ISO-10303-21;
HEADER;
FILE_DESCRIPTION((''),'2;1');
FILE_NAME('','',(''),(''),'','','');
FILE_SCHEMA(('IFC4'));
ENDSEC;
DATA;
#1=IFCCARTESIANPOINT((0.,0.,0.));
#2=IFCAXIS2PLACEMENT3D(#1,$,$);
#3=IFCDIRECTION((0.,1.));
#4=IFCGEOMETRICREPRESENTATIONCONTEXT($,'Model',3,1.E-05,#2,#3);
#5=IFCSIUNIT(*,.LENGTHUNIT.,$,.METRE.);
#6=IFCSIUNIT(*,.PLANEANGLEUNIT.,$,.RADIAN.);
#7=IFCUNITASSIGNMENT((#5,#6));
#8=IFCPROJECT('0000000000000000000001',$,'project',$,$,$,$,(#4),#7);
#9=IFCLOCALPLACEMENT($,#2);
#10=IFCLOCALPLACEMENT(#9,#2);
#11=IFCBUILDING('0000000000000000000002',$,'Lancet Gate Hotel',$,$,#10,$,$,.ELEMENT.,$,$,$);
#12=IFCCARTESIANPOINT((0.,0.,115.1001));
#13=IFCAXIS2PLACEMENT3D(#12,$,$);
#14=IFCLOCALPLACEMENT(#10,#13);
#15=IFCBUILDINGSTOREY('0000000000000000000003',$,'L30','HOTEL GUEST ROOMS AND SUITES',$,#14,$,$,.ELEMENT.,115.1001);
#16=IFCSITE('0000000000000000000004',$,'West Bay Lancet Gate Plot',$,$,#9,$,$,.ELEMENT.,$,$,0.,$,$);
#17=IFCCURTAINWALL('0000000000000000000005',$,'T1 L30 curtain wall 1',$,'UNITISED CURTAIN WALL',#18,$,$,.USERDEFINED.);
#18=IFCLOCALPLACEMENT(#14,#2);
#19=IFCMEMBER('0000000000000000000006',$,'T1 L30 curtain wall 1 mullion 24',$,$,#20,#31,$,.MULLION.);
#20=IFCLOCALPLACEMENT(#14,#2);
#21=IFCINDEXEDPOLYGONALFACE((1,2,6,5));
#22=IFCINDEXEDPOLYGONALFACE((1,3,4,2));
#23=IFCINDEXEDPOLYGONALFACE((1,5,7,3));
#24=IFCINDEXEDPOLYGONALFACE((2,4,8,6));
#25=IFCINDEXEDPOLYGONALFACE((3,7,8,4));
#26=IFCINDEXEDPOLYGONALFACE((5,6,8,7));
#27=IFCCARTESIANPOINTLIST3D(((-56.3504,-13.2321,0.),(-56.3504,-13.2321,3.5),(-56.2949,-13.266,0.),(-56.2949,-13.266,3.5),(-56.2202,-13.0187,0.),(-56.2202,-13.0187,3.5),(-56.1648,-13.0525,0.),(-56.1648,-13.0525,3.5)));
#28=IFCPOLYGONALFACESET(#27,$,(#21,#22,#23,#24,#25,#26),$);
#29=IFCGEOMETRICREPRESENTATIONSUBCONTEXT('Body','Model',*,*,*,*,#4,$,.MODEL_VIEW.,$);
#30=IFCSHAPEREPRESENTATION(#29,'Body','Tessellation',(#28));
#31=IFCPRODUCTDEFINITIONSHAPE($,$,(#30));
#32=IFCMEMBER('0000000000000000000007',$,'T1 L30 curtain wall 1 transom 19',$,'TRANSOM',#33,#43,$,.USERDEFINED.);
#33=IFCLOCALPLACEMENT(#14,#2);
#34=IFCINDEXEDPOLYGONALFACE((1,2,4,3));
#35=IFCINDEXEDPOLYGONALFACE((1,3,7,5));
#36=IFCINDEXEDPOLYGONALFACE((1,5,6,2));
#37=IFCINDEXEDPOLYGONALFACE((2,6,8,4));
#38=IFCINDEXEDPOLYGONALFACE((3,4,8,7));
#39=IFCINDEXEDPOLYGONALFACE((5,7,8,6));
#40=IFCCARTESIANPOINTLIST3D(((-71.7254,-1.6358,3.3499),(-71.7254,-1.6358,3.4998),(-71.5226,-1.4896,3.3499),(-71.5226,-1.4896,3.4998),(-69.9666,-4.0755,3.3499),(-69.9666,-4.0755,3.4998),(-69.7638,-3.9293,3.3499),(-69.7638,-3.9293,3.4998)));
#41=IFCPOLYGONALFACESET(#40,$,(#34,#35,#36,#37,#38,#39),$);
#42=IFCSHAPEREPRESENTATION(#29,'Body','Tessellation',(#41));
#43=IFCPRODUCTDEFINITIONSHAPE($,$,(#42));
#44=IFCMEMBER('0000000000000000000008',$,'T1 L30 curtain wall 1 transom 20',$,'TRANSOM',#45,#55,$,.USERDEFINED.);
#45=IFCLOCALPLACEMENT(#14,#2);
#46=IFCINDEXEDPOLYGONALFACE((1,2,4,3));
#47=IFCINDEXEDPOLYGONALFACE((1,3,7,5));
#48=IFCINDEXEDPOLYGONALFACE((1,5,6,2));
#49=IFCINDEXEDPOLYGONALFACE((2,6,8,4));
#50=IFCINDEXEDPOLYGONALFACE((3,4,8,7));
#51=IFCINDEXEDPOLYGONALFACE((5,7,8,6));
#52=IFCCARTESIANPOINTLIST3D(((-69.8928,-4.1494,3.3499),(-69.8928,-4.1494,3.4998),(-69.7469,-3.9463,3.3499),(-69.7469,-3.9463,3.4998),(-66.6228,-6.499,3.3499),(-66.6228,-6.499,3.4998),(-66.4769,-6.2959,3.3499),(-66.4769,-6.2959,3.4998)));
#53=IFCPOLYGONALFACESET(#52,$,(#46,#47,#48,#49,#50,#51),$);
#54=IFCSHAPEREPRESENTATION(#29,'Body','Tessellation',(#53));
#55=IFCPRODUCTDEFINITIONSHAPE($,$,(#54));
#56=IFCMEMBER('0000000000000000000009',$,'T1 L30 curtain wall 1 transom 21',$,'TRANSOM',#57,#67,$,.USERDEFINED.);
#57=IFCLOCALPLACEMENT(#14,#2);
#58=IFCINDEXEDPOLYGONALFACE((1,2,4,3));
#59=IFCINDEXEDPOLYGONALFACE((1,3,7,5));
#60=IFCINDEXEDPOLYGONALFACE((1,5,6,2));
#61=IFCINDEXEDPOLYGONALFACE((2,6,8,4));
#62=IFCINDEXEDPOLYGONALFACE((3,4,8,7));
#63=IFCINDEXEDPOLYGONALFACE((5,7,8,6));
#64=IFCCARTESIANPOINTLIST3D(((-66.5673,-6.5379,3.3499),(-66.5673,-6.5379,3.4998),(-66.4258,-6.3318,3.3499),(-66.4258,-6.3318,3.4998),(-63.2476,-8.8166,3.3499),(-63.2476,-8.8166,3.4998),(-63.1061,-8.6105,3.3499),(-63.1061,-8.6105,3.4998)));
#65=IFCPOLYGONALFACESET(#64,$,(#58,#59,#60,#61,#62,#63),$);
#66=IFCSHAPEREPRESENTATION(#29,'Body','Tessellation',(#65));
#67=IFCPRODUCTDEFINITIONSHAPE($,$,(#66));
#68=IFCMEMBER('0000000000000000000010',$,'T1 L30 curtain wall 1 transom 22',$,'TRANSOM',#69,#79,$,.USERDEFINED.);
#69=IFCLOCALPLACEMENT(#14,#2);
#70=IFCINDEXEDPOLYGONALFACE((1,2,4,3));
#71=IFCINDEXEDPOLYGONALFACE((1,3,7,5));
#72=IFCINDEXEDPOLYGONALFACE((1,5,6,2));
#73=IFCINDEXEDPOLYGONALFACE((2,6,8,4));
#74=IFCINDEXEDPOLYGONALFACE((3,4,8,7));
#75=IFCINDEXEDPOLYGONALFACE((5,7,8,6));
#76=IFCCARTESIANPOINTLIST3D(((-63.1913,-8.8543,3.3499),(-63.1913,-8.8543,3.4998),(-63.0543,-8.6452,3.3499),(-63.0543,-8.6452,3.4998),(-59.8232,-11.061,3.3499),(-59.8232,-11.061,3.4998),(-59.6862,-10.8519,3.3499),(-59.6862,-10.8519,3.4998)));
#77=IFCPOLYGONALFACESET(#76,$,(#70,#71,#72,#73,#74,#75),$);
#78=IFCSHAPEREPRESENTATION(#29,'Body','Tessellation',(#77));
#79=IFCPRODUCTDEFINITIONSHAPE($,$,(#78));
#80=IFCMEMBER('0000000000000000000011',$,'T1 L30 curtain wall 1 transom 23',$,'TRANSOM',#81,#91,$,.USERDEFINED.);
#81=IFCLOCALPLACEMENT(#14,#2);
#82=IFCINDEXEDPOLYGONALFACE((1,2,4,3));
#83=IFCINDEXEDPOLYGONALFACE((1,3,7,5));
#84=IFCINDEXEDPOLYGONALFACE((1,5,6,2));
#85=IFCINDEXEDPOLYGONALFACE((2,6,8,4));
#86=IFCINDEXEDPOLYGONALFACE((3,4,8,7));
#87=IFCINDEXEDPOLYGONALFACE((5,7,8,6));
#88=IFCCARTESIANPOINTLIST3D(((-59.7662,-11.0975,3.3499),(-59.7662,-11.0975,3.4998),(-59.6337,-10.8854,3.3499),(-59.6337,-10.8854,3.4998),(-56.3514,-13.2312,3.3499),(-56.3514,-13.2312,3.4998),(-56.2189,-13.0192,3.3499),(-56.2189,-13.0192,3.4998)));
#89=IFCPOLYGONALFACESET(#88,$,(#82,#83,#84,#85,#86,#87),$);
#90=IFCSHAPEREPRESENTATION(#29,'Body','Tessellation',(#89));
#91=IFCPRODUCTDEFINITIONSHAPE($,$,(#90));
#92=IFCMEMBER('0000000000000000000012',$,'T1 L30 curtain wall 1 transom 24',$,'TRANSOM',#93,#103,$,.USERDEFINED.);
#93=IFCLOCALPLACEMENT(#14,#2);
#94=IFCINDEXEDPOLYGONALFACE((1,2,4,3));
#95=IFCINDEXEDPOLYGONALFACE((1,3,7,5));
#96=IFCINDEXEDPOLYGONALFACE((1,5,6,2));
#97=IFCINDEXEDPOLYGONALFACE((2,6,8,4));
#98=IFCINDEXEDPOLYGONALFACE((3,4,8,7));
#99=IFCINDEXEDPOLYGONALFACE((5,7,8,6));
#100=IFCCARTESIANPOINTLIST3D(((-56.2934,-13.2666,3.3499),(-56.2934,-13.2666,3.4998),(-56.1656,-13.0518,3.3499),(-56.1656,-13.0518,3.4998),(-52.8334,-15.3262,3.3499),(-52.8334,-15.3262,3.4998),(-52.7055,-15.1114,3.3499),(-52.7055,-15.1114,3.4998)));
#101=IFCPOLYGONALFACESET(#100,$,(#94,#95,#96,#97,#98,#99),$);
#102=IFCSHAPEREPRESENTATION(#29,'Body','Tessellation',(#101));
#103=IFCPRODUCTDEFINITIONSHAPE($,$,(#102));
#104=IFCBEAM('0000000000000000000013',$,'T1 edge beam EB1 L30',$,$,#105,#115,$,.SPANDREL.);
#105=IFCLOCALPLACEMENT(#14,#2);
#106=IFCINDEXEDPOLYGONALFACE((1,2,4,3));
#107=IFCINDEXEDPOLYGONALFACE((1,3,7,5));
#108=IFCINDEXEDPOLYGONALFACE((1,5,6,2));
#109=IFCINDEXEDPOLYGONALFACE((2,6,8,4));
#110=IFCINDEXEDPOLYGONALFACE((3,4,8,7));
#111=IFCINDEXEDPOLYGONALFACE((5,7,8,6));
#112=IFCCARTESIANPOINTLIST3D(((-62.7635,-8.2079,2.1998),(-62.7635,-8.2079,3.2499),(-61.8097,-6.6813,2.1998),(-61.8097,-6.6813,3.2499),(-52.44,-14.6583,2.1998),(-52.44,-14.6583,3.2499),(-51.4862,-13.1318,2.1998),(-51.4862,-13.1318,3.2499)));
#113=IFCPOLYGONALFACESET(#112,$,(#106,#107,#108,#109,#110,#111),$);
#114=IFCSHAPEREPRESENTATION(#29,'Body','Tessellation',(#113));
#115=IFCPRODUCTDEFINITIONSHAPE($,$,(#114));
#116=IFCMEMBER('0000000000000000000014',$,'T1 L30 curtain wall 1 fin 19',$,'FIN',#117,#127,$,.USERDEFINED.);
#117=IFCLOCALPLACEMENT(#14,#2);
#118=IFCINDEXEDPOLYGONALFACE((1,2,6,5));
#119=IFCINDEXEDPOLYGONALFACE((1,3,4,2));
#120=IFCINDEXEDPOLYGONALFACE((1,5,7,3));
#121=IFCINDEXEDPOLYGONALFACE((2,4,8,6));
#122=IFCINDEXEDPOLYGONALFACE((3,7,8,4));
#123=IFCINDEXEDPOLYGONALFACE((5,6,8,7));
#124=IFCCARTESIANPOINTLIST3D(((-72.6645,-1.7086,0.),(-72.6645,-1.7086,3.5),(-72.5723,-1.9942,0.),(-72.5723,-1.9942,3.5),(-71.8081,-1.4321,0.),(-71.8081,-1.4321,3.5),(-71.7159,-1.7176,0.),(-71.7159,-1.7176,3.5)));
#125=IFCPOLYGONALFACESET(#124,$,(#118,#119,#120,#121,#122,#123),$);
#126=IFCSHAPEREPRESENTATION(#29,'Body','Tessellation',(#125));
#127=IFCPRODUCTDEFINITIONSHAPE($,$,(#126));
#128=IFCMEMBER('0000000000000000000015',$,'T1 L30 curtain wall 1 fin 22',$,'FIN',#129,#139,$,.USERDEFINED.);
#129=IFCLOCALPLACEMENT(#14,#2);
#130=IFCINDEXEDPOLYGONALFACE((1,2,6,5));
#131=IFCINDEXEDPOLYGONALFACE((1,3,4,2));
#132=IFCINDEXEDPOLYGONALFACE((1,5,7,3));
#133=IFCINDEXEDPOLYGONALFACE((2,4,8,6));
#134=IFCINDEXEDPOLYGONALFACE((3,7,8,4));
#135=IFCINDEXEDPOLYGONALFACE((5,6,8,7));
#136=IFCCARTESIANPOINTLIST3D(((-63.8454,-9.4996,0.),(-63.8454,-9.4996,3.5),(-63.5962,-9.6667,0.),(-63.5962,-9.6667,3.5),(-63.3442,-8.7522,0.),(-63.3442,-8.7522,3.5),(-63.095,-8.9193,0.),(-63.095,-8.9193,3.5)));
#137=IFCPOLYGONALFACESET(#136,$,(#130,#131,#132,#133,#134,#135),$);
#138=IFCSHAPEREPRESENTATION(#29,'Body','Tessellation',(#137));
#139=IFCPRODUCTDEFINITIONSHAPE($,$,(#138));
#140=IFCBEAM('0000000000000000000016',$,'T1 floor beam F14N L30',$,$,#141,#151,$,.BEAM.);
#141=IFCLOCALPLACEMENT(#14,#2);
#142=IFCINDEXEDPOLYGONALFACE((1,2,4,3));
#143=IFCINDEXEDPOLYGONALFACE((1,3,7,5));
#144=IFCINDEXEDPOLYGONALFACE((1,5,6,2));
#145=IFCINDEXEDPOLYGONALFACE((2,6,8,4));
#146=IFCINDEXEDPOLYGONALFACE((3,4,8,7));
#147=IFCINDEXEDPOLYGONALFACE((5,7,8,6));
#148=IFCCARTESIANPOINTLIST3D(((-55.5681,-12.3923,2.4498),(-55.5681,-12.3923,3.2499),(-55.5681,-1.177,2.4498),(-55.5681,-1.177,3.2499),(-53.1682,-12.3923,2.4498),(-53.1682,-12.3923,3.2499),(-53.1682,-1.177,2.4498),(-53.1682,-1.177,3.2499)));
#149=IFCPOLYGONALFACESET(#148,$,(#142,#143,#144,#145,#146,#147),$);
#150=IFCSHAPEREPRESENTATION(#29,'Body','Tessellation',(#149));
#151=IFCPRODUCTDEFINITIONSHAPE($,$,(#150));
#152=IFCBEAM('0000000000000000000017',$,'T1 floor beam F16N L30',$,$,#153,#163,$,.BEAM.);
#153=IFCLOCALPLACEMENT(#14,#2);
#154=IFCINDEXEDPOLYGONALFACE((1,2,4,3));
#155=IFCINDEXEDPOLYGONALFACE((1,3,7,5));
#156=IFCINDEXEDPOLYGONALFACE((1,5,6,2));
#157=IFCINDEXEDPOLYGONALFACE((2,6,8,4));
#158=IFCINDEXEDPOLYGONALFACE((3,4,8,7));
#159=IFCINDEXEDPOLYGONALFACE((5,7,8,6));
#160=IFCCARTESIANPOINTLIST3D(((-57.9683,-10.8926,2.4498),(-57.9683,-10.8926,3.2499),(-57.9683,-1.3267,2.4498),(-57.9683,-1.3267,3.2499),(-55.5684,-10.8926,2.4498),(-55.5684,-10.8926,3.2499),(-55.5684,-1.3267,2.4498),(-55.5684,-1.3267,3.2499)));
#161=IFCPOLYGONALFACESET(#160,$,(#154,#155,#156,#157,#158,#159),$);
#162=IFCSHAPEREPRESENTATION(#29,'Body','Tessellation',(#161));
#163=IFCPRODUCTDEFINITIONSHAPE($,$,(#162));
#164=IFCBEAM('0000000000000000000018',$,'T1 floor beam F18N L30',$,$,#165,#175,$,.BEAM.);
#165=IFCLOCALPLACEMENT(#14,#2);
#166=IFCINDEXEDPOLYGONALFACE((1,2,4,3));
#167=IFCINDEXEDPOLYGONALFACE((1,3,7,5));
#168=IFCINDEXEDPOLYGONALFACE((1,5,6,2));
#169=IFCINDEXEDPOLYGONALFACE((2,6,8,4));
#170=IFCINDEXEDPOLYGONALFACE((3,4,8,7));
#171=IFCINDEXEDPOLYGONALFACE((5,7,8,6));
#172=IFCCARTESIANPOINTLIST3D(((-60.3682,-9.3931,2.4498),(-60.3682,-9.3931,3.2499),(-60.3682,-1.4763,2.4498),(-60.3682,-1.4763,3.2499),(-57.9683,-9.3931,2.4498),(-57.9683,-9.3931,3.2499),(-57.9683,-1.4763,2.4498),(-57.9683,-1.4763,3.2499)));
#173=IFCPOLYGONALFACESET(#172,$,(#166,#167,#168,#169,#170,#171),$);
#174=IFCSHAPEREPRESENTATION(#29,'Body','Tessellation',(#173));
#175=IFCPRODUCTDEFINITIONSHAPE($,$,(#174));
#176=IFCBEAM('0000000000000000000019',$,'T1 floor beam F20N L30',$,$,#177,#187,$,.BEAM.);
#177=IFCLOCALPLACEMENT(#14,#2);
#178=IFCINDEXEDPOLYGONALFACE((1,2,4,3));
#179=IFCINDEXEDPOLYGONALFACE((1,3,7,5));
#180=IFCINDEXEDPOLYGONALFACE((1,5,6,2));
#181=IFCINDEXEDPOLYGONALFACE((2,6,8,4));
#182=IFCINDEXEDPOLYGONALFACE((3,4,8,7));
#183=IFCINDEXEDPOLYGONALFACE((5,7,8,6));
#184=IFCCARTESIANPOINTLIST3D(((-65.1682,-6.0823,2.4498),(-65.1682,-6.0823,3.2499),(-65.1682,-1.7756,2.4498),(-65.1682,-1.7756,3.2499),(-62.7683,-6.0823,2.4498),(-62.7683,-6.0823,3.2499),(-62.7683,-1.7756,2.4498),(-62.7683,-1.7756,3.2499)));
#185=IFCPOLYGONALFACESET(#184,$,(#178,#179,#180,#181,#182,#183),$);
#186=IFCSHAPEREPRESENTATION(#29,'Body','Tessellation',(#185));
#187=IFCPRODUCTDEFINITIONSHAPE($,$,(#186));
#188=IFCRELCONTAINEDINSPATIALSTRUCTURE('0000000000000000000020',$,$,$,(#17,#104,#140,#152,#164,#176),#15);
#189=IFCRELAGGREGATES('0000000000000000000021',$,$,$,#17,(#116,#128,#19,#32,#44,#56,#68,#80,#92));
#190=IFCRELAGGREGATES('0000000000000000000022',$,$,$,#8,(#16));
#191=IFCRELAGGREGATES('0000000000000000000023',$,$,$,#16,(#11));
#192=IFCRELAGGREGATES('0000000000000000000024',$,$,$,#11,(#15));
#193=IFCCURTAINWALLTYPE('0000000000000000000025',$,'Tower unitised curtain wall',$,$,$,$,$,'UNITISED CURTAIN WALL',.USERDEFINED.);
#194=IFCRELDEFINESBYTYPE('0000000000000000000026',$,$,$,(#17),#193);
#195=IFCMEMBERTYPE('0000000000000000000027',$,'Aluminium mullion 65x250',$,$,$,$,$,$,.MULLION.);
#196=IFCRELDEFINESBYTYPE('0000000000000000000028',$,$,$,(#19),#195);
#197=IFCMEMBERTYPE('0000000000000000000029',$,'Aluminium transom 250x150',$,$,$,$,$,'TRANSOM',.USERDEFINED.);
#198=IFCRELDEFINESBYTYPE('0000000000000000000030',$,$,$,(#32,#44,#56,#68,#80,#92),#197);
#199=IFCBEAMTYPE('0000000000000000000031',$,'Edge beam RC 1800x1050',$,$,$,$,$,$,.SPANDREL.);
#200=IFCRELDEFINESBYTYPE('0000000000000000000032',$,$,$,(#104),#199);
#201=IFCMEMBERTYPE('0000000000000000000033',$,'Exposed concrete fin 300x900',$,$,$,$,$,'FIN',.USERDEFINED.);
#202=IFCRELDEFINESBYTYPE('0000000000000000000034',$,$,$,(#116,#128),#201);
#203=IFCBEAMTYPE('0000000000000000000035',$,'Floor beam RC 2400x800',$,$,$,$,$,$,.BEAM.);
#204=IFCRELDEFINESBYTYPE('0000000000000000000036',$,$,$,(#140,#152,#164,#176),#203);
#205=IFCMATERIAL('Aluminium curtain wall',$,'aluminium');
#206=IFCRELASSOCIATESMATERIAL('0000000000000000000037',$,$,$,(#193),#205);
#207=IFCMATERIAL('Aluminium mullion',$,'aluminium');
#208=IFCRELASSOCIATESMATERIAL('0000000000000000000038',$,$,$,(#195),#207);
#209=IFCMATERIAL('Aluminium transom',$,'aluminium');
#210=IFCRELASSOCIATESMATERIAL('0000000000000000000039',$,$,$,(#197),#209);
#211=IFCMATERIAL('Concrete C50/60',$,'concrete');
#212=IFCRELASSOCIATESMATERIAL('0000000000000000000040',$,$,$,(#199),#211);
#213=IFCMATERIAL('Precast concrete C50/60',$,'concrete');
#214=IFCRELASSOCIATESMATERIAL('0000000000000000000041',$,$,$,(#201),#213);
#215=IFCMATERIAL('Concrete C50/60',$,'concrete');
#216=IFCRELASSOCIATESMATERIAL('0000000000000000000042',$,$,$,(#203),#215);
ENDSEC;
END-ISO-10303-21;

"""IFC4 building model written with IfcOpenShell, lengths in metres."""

from ifc_helpers import new_model, si_unit, direction, frame, origin, origin_2d, place, context, subcontext, project, spatial, rectangle, extrude, material, material_profile, profile_set, type_object, element, aggregate, save


model = new_model("IFC4")

# Units and contexts
model_context = context("Model", 3, precision=1e-05, world=origin(), true_north=direction((0.0, 1.0)))
body_context = subcontext(model_context, "Body", "Model", "MODEL_VIEW")
ifc_project = project(units=[si_unit("LENGTHUNIT", "METRE"), si_unit("PLANEANGLEUNIT", "RADIAN")], contexts=[model_context])

# Site, building, storey
site_placement = place(None, origin())
site = spatial("IfcSite", under=ifc_project, at=site_placement, Name="West Bay Lancet Gate Plot", CompositionType="ELEMENT", RefElevation=0.0)
building_placement = place(site_placement, origin())
building = spatial("IfcBuilding", under=site, at=building_placement, Name="Lancet Gate Hotel", CompositionType="ELEMENT")
storey_placement = place(building_placement, frame((0.0, 0.0, 115.1001)))
storey = spatial("IfcBuildingStorey", under=building, at=storey_placement, Name="L30", Description="HOTEL GUEST ROOMS AND SUITES", CompositionType="ELEMENT", Elevation=115.1001)

# Curtain wall, members
ifc_material_1 = material(Name="Aluminium curtain wall", Category="aluminium")
curtain_wall_type = type_object("IfcCurtainWallType", Name="Tower unitised curtain wall", ElementType="UNITISED CURTAIN WALL", PredefinedType="USERDEFINED", material=ifc_material_1)
curtain_wall_placement = place(storey_placement, origin())
curtain_wall = element("IfcCurtainWall", 1, at=curtain_wall_placement, inside=storey, type_object=curtain_wall_type, Name="T1 L30 curtain wall 1", ObjectType="UNITISED CURTAIN WALL", PredefinedType="USERDEFINED")
ifc_material_2 = material(Name="Aluminium mullion", Category="aluminium")
ifc_material_profile_1 = material_profile(ifc_material_2, rectangle(XDim=0.0649, YDim=0.25, at=origin_2d()), Name="MULLION 65x250")
ifc_profile_set_1 = profile_set([ifc_material_profile_1], Name="Aluminium mullion")
member_type_1 = type_object("IfcMemberType", Name="Aluminium mullion 65x250", PredefinedType="MULLION", material=ifc_profile_set_1)
member_1_placement = place(storey_placement, frame((-56.2576, -13.1423, 0.0), z_axis=(0.0, 0.0, 1.0), x_axis=(0.853716, -0.520739, 0.0)))
member_1 = element("IfcMember", 2, at=member_1_placement, type_object=member_type_1, Name="T1 L30 curtain wall 1 mullion 24", PredefinedType="MULLION", context=body_context, shape_type="SweptSolid", body=[
    extrude(rectangle(XDim=0.0649, YDim=0.25, at=origin_2d()), origin(), (0.0, 0.0, 1.0), 3.5),
])
ifc_material_3 = material(Name="Aluminium transom", Category="aluminium")
ifc_material_profile_2 = material_profile(ifc_material_3, rectangle(XDim=0.25, YDim=0.1499, at=origin_2d()), Name="TRANSOM 250x150")
ifc_profile_set_2 = profile_set([ifc_material_profile_2], Name="Aluminium transom")
member_type_2 = type_object("IfcMemberType", Name="Aluminium transom 250x150", ElementType="TRANSOM", PredefinedType="USERDEFINED", material=ifc_profile_set_2)
member_2_placement = place(storey_placement, frame((-71.624, -1.5627, 3.4248), z_axis=(0.584788, -0.811186, 0.0), x_axis=(0.811186, 0.584788, 0.0)))
member_2 = element("IfcMember", 3, at=member_2_placement, type_object=member_type_2, Name="T1 L30 curtain wall 1 transom 19", ObjectType="TRANSOM", PredefinedType="USERDEFINED", context=body_context, shape_type="SweptSolid", body=[
    extrude(rectangle(XDim=0.25, YDim=0.1499, at=origin_2d()), origin(), (0.0, 0.0, 1.0), 3.0076),
])
member_3_placement = place(storey_placement, frame((-69.8198, -4.0479, 3.4248), z_axis=(0.8121, -0.583519, 0.0), x_axis=(0.583519, 0.8121, 0.0)))
member_3 = element("IfcMember", 4, at=member_3_placement, type_object=member_type_2, Name="T1 L30 curtain wall 1 transom 20", ObjectType="TRANSOM", PredefinedType="USERDEFINED", context=body_context, shape_type="SweptSolid", body=[
    extrude(rectangle(XDim=0.25, YDim=0.1499, at=origin_2d()), origin(), (0.0, 0.0, 1.0), 4.0266),
])
member_4_placement = place(storey_placement, frame((-66.4966, -6.4348, 3.4248), z_axis=(0.824456, -0.565927, 0.0), x_axis=(0.565927, 0.824456, 0.0)))
member_4 = element("IfcMember", 5, at=member_4_placement, type_object=member_type_2, Name="T1 L30 curtain wall 1 transom 21", ObjectType="TRANSOM", PredefinedType="USERDEFINED", context=body_context, shape_type="SweptSolid", body=[
    extrude(rectangle(XDim=0.25, YDim=0.1499, at=origin_2d()), origin(), (0.0, 0.0, 1.0), 4.0266),
])
member_5_placement = place(storey_placement, frame((-63.1228, -8.7498, 3.4248), z_axis=(0.836454, -0.548036, 0.0), x_axis=(0.548036, 0.836454, 0.0)))
member_5 = element("IfcMember", 6, at=member_5_placement, type_object=member_type_2, Name="T1 L30 curtain wall 1 transom 22", ObjectType="TRANSOM", PredefinedType="USERDEFINED", context=body_context, shape_type="SweptSolid", body=[
    extrude(rectangle(XDim=0.25, YDim=0.1499, at=origin_2d()), origin(), (0.0, 0.0, 1.0), 4.0266),
])
member_6_placement = place(storey_placement, frame((-59.7, -10.9915, 3.4248), z_axis=(0.848049, -0.529917, 0.0), x_axis=(0.529917, 0.848049, 0.0)))
member_6 = element("IfcMember", 7, at=member_6_placement, type_object=member_type_2, Name="T1 L30 curtain wall 1 transom 23", ObjectType="TRANSOM", PredefinedType="USERDEFINED", context=body_context, shape_type="SweptSolid", body=[
    extrude(rectangle(XDim=0.25, YDim=0.1499, at=origin_2d()), origin(), (0.0, 0.0, 1.0), 4.0266),
])
member_7_placement = place(storey_placement, frame((-56.2295, -13.1592, 3.4248), z_axis=(0.859285, -0.511497, 0.0), x_axis=(0.511497, 0.859285, 0.0)))
member_7 = element("IfcMember", 8, at=member_7_placement, type_object=member_type_2, Name="T1 L30 curtain wall 1 transom 24", ObjectType="TRANSOM", PredefinedType="USERDEFINED", context=body_context, shape_type="SweptSolid", body=[
    extrude(rectangle(XDim=0.25, YDim=0.1499, at=origin_2d()), origin(), (0.0, 0.0, 1.0), 4.0266),
])

# Beam
ifc_material_4 = material(Name="Concrete C50/60", Category="concrete")
ifc_material_profile_3 = material_profile(ifc_material_4, rectangle(XDim=1.8, YDim=1.05, at=origin_2d()), Name="RC 1800x1050")
ifc_profile_set_3 = profile_set([ifc_material_profile_3], Name="Concrete C50/60")
beam_type_1 = type_object("IfcBeamType", Name="Edge beam RC 1800x1050", PredefinedType="SPANDREL", material=ifc_profile_set_3)
beam_1_placement = place(storey_placement, frame((-62.2866, -7.4446, 2.7249), z_axis=(0.848063, -0.529896, 0.0), x_axis=(0.529896, 0.848063, 0.0)))
element("IfcBeam", 9, at=beam_1_placement, inside=storey, type_object=beam_type_1, Name="T1 edge beam EB1 L30", PredefinedType="SPANDREL", context=body_context, shape_type="SweptSolid", body=[
    extrude(rectangle(XDim=1.8, YDim=1.05, at=origin_2d()), origin(), (0.0, 0.0, 1.0), 12.1731),
])

# Members
ifc_material_5 = material(Name="Precast concrete C50/60", Category="concrete")
ifc_material_profile_4 = material_profile(ifc_material_5, rectangle(XDim=0.3, YDim=0.8999, at=origin_2d()), Name="FIN 300x900")
ifc_profile_set_4 = profile_set([ifc_material_profile_4], Name="Precast concrete C50/60")
member_type_3 = type_object("IfcMemberType", Name="Exposed concrete fin 300x900", ElementType="FIN", PredefinedType="USERDEFINED", material=ifc_profile_set_4)
member_8_placement = place(storey_placement, frame((-72.1902, -1.7131, 0.0), z_axis=(0.0, 0.0, 1.0), x_axis=(0.307269, -0.951623, 0.0)))
member_8 = element("IfcMember", 10, at=member_8_placement, type_object=member_type_3, Name="T1 L30 curtain wall 1 fin 19", ObjectType="FIN", PredefinedType="USERDEFINED", context=body_context, shape_type="SweptSolid", body=[
    extrude(rectangle(XDim=0.3, YDim=0.8999, at=origin_2d()), origin(), (0.0, 0.0, 1.0), 3.5),
])
member_9_placement = place(storey_placement, frame((-63.4702, -9.2095, 0.0), z_axis=(0.0, 0.0, 1.0), x_axis=(0.83051, -0.557004, 0.0)))
member_9 = element("IfcMember", 11, at=member_9_placement, type_object=member_type_3, Name="T1 L30 curtain wall 1 fin 22", ObjectType="FIN", PredefinedType="USERDEFINED", context=body_context, shape_type="SweptSolid", body=[
    extrude(rectangle(XDim=0.3, YDim=0.8999, at=origin_2d()), origin(), (0.0, 0.0, 1.0), 3.5),
])

# Beams
ifc_material_6 = material(Name="Concrete C50/60", Category="concrete")
ifc_material_profile_5 = material_profile(ifc_material_6, rectangle(XDim=2.3999, YDim=0.8, at=origin_2d()), Name="RC 2400x800")
ifc_profile_set_5 = profile_set([ifc_material_profile_5], Name="Concrete C50/60")
beam_type_2 = type_object("IfcBeamType", Name="Floor beam RC 2400x800", PredefinedType="BEAM", material=ifc_profile_set_5)
beam_2_placement = place(storey_placement, frame((-54.3682, -1.177, 2.8499), z_axis=(0.0, -1.0, 0.0), x_axis=(1.0, 0.0, 0.0)))
element("IfcBeam", 12, at=beam_2_placement, inside=storey, type_object=beam_type_2, Name="T1 floor beam F14N L30", PredefinedType="BEAM", context=body_context, shape_type="SweptSolid", body=[
    extrude(rectangle(XDim=2.3999, YDim=0.8, at=origin_2d()), origin(), (0.0, 0.0, 1.0), 11.2153),
])
beam_3_placement = place(storey_placement, frame((-56.7683, -1.3267, 2.8499), z_axis=(0.0, -1.0, 0.0), x_axis=(1.0, 0.0, 0.0)))
element("IfcBeam", 13, at=beam_3_placement, inside=storey, type_object=beam_type_2, Name="T1 floor beam F16N L30", PredefinedType="BEAM", context=body_context, shape_type="SweptSolid", body=[
    extrude(rectangle(XDim=2.3999, YDim=0.8, at=origin_2d()), origin(), (0.0, 0.0, 1.0), 9.5659),
])
beam_4_placement = place(storey_placement, frame((-59.1682, -1.4763, 2.8499), z_axis=(0.0, -1.0, 0.0), x_axis=(1.0, 0.0, 0.0)))
element("IfcBeam", 14, at=beam_4_placement, inside=storey, type_object=beam_type_2, Name="T1 floor beam F18N L30", PredefinedType="BEAM", context=body_context, shape_type="SweptSolid", body=[
    extrude(rectangle(XDim=2.3999, YDim=0.8, at=origin_2d()), origin(), (0.0, 0.0, 1.0), 7.9167),
])
beam_5_placement = place(storey_placement, frame((-63.9683, -1.7756, 2.8499), z_axis=(0.0, -1.0, 0.0), x_axis=(1.0, 0.0, 0.0)))
element("IfcBeam", 15, at=beam_5_placement, inside=storey, type_object=beam_type_2, Name="T1 floor beam F20N L30", PredefinedType="BEAM", context=body_context, shape_type="SweptSolid", body=[
    extrude(rectangle(XDim=2.3999, YDim=0.8, at=origin_2d()), origin(), (0.0, 0.0, 1.0), 4.3066),
])

aggregate(curtain_wall, [member_8, member_9, member_1, member_2, member_3, member_4, member_5, member_6, member_7])

save(model, "model.ifc")
